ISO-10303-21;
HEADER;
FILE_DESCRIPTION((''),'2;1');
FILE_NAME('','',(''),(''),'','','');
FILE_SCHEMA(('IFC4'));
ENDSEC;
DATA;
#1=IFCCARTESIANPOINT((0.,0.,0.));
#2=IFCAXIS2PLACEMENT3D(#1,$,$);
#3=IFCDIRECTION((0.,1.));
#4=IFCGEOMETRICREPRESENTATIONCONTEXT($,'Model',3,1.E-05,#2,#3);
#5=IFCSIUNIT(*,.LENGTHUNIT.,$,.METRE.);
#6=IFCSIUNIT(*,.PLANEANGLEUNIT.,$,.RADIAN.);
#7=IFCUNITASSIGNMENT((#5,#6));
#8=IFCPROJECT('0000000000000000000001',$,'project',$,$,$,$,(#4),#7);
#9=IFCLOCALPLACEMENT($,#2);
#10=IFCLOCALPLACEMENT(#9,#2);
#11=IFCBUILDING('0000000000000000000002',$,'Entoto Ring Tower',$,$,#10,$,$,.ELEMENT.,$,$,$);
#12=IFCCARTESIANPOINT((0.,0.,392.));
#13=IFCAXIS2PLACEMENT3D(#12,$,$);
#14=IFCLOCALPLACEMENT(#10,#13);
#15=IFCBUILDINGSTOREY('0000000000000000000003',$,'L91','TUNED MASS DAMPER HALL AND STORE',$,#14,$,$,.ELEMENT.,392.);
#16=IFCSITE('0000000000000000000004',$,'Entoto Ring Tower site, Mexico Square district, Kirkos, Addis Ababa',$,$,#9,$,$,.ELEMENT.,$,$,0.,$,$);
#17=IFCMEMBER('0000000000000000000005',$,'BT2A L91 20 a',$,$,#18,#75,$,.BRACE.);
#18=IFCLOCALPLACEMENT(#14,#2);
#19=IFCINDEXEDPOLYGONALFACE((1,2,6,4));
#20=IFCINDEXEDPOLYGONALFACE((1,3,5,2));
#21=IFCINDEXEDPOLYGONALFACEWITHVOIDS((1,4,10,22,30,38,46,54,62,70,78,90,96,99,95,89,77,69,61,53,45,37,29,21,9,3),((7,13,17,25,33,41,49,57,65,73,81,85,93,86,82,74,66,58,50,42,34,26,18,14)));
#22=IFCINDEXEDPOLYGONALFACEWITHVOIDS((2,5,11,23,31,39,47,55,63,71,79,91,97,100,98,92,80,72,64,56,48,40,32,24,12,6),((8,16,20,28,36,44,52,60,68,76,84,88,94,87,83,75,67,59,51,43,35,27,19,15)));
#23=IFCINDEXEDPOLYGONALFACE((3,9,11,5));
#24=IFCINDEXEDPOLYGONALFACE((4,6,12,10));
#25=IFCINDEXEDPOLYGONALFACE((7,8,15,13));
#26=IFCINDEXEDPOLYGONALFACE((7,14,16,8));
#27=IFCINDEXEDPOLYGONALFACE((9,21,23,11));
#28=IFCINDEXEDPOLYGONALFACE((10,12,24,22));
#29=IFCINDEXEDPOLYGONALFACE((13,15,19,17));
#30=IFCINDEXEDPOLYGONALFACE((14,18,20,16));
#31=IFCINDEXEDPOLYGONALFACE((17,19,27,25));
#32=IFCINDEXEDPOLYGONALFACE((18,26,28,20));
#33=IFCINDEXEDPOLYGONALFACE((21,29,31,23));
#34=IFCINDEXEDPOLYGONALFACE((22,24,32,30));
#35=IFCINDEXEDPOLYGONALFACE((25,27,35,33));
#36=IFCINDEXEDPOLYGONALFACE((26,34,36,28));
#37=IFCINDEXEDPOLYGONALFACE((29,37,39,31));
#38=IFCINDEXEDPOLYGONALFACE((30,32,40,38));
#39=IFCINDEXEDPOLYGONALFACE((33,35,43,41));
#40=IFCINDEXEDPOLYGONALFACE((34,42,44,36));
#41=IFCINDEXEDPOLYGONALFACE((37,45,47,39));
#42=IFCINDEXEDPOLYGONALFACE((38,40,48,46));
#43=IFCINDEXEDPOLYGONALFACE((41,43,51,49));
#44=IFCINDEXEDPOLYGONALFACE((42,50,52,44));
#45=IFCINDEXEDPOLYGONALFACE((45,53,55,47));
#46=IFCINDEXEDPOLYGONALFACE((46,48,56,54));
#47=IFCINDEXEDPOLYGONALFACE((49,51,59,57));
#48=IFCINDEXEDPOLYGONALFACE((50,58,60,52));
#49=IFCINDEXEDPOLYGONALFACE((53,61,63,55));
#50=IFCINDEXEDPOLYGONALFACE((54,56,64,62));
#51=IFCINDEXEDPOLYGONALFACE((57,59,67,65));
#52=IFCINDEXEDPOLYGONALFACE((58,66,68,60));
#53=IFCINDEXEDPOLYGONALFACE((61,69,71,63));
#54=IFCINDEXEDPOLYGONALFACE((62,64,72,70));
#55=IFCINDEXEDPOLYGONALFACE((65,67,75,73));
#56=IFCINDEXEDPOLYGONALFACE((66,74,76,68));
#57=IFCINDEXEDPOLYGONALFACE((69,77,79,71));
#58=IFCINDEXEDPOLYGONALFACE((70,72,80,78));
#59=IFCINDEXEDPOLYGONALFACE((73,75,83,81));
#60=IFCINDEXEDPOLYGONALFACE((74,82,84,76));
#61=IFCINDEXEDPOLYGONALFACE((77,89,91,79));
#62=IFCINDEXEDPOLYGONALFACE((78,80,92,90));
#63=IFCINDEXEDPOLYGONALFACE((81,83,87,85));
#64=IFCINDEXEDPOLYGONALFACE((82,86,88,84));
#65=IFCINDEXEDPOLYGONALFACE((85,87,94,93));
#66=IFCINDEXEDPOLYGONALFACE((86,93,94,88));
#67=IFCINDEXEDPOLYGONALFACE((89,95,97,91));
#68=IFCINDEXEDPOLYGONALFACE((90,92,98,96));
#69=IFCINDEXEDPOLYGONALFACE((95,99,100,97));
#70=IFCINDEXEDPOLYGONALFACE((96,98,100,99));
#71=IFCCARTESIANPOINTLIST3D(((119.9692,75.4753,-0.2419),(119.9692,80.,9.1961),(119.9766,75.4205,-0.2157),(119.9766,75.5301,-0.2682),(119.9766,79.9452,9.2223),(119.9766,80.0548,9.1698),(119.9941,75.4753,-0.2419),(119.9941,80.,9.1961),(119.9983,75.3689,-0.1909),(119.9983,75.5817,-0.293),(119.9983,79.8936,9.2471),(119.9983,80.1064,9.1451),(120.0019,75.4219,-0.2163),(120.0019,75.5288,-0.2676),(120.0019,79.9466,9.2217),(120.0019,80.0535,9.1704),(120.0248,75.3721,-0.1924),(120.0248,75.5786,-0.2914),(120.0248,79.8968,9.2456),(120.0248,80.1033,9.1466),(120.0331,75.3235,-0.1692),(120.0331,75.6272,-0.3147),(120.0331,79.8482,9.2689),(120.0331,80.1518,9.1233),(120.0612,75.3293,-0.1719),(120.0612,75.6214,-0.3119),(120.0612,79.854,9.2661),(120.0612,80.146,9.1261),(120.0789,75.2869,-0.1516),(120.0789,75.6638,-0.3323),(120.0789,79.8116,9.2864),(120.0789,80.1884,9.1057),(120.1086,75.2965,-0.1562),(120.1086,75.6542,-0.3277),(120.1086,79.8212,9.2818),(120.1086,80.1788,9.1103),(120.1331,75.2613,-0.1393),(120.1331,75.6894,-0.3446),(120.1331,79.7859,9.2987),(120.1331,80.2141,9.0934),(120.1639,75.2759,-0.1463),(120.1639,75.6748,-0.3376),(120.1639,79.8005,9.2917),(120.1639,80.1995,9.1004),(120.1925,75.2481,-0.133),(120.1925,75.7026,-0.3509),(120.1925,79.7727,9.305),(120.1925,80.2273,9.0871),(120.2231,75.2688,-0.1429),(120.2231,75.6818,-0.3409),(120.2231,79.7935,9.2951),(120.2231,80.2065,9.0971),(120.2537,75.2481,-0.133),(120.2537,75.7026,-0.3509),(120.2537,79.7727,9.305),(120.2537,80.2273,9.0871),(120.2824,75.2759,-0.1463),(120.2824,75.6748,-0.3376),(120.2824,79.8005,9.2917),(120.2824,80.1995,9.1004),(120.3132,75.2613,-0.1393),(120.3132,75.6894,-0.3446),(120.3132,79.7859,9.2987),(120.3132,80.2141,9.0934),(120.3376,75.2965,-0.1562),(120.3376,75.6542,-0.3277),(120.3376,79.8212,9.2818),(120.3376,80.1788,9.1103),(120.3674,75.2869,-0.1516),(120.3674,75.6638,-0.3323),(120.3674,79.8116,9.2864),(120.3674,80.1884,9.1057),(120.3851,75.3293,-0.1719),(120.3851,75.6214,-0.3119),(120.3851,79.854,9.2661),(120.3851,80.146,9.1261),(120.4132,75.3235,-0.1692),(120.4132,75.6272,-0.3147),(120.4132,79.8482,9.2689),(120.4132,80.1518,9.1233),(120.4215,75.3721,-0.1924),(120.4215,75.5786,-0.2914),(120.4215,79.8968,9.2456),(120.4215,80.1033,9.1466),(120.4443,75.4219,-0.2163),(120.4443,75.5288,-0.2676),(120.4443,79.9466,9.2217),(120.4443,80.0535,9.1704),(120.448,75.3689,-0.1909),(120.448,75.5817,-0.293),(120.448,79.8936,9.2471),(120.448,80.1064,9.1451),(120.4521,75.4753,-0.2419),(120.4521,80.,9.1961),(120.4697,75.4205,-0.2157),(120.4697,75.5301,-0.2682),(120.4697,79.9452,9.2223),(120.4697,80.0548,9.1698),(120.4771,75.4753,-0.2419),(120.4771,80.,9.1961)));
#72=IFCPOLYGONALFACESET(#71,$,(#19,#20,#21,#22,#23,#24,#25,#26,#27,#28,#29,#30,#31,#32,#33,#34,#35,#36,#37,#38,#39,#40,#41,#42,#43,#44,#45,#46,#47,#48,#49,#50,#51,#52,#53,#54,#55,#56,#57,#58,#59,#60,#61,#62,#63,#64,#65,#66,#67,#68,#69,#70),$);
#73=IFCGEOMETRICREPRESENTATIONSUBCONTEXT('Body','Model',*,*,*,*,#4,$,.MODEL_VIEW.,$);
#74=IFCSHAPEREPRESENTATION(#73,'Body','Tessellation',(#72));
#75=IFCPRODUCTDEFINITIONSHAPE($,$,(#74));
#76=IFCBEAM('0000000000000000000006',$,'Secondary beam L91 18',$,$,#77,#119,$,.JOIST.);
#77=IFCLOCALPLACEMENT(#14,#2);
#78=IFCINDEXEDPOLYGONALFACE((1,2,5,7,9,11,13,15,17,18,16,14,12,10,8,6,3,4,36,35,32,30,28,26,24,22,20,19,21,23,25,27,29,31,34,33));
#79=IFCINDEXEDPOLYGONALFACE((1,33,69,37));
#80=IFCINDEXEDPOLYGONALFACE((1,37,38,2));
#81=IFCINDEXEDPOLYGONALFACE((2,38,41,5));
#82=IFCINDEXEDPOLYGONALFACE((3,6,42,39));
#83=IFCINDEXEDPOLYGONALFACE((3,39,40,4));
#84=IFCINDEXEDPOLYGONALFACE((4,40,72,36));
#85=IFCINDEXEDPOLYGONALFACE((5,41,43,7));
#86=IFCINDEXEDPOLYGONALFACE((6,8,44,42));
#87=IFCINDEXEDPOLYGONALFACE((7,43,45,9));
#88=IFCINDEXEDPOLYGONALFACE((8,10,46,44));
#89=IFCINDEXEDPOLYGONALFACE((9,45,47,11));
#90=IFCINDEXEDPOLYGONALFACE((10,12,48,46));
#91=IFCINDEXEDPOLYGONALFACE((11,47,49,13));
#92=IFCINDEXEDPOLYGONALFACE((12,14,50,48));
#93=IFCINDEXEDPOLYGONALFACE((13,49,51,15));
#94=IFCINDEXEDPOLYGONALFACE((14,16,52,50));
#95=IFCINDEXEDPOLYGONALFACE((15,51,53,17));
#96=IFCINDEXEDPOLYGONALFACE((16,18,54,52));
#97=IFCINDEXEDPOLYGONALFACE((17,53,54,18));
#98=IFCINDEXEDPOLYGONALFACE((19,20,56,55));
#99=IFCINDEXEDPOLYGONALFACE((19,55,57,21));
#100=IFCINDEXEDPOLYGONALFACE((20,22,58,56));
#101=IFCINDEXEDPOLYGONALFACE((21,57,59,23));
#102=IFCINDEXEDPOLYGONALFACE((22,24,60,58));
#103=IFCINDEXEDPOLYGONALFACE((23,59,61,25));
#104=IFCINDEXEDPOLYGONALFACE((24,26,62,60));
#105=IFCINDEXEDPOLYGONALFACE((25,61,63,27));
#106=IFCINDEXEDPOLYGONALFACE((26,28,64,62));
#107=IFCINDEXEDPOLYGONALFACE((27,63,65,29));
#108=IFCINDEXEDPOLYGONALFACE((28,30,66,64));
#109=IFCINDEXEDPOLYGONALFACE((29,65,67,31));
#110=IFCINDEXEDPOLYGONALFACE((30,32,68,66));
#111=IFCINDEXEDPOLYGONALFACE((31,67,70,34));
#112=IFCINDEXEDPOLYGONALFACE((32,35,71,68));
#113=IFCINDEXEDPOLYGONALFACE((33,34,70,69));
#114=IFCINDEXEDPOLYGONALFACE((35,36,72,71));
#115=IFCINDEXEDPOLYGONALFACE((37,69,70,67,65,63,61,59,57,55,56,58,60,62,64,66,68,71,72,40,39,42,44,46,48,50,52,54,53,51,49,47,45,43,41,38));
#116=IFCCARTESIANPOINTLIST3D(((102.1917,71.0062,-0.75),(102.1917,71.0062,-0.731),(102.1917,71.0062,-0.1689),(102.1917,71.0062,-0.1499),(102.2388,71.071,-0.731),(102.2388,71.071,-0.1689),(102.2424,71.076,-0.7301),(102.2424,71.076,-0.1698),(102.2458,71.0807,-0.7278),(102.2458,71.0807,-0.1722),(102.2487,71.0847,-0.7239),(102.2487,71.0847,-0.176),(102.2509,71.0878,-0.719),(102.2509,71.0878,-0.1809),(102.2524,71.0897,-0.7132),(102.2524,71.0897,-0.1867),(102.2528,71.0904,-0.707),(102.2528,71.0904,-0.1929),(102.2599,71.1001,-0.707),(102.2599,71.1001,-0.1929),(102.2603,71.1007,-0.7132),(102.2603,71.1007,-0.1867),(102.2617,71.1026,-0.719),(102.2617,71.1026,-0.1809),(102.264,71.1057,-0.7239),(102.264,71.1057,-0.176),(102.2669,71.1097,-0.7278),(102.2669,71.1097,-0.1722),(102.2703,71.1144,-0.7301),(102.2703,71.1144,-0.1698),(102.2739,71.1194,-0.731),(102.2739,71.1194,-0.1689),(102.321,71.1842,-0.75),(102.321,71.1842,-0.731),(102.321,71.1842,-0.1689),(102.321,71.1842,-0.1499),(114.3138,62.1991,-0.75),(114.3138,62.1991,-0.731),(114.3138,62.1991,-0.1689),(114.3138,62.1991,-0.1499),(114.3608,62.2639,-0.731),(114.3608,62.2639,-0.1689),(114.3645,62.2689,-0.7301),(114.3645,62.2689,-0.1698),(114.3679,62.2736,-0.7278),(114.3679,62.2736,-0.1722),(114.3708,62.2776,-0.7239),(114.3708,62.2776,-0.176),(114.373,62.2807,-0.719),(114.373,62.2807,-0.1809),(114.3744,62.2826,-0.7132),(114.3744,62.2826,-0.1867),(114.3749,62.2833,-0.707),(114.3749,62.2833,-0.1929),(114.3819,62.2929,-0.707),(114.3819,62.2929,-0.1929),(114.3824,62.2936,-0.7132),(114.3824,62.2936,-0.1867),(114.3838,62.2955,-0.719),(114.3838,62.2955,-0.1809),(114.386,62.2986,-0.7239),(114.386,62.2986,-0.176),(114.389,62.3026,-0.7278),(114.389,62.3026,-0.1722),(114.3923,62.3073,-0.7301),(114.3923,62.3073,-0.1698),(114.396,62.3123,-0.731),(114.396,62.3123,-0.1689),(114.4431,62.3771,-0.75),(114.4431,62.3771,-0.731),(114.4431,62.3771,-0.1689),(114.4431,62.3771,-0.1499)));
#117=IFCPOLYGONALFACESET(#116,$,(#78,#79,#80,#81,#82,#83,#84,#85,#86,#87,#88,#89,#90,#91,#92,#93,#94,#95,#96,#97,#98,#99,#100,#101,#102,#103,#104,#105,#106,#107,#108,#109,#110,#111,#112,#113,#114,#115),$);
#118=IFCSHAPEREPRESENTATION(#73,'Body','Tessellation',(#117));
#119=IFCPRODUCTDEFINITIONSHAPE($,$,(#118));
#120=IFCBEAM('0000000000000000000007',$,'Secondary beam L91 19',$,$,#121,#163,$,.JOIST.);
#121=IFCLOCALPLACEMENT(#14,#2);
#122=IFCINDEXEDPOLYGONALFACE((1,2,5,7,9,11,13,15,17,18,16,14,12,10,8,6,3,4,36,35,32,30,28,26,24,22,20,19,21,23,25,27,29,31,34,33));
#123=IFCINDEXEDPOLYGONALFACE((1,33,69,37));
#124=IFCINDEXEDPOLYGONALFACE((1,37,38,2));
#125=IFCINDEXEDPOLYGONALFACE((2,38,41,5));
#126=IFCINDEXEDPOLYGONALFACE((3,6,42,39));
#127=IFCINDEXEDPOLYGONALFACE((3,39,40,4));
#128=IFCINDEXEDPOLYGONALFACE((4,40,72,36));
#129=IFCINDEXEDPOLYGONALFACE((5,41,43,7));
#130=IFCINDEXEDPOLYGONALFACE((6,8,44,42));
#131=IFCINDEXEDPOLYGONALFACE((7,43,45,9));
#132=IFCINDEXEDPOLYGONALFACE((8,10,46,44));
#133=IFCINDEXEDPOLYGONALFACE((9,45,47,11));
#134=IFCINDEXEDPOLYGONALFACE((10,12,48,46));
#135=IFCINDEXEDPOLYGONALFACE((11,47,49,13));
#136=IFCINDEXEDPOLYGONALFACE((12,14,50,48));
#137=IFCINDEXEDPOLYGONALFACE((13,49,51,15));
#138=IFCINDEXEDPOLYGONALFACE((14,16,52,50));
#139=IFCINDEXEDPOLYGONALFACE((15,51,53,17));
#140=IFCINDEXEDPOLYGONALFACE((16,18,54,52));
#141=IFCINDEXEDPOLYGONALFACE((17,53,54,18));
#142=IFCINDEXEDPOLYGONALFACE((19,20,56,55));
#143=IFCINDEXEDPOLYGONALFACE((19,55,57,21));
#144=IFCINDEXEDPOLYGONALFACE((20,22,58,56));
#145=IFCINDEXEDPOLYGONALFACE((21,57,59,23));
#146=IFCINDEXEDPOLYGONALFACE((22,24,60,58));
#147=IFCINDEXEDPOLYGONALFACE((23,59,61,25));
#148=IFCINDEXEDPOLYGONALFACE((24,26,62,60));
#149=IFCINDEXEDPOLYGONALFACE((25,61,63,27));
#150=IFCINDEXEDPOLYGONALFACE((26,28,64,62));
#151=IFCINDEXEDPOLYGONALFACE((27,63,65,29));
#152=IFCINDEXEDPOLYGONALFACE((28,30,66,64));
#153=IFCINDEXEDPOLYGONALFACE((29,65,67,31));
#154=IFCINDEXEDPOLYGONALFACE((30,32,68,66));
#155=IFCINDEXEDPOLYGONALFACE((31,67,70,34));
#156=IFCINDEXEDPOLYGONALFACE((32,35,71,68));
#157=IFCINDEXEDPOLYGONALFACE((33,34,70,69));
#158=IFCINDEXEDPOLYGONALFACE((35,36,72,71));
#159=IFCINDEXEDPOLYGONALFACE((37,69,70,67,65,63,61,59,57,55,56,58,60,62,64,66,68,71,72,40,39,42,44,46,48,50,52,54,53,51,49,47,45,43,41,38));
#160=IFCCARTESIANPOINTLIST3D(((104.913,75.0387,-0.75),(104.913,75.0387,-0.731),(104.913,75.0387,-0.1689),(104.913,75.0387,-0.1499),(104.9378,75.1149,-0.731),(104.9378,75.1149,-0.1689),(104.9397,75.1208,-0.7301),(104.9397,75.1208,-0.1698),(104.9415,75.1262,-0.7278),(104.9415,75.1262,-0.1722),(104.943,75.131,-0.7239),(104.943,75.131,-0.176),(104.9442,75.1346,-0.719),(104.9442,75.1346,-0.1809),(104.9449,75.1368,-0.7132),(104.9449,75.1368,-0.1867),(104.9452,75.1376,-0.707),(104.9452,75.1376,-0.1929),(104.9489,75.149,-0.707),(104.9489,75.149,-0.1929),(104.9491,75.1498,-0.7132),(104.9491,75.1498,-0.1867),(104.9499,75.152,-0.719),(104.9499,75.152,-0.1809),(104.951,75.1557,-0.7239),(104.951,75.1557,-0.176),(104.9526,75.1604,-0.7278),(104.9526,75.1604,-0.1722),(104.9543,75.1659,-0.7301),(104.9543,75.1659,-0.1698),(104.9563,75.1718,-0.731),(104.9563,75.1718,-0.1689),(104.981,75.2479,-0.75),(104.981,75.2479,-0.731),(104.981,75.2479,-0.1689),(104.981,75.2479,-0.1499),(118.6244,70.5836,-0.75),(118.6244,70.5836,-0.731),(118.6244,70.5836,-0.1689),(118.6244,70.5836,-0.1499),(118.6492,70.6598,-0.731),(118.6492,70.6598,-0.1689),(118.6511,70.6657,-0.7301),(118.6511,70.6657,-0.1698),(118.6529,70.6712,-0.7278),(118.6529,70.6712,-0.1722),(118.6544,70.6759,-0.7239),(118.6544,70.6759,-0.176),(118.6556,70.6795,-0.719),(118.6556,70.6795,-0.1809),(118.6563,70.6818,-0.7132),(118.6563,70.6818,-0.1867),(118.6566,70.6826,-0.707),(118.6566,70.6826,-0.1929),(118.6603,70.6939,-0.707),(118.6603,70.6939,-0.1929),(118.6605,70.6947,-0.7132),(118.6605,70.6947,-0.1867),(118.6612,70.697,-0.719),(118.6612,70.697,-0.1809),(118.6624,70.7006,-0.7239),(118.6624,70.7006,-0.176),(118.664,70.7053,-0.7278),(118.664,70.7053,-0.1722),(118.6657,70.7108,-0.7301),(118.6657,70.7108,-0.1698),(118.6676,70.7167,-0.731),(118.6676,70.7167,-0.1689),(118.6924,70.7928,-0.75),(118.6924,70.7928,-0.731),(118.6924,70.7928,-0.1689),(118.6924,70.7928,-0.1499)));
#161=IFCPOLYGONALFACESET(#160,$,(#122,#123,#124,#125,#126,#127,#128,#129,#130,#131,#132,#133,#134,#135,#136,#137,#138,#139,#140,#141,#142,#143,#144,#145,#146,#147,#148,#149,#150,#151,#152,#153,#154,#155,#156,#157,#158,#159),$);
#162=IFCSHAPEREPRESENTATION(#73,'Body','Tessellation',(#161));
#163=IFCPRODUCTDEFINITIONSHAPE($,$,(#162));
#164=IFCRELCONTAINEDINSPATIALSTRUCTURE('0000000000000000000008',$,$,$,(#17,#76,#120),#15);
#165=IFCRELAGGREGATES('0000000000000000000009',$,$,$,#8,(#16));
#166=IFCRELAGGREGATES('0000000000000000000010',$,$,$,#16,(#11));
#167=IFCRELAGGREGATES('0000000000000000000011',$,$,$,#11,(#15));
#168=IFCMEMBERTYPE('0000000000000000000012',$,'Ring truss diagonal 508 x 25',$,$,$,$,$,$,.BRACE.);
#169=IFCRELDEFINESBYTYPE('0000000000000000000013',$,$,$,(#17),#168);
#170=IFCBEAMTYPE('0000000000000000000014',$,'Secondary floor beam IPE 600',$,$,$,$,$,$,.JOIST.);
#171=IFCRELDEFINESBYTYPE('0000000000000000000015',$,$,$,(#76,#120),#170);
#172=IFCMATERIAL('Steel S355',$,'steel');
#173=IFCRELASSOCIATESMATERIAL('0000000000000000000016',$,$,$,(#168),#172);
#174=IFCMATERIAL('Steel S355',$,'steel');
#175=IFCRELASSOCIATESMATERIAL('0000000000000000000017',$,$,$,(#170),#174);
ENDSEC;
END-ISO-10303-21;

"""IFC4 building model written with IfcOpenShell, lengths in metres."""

from ifc_helpers import new_model, si_unit, direction, frame, origin, origin_2d, place, context, subcontext, project, spatial, circle, hollow_circle, i_section, extrude, material, material_profile, profile_set, type_object, element, save


model = new_model("IFC4")

# Units and contexts
model_context = context("Model", 3, precision=1e-05, world=origin(), true_north=direction((0.0, 1.0)))
body_context = subcontext(model_context, "Body", "Model", "MODEL_VIEW")
ifc_project = project(units=[si_unit("LENGTHUNIT", "METRE"), si_unit("PLANEANGLEUNIT", "RADIAN")], contexts=[model_context])

# Site, building, storey
site_placement = place(None, origin())
site = spatial("IfcSite", under=ifc_project, at=site_placement, Name="Entoto Ring Tower site, Mexico Square district, Kirkos, Addis Ababa", CompositionType="ELEMENT", RefElevation=0.0)
building_placement = place(site_placement, origin())
building = spatial("IfcBuilding", under=site, at=building_placement, Name="Entoto Ring Tower", CompositionType="ELEMENT")
storey_placement = place(building_placement, frame((0.0, 0.0, 392.0)))
storey = spatial("IfcBuildingStorey", under=building, at=storey_placement, Name="L91", Description="TUNED MASS DAMPER HALL AND STORE", CompositionType="ELEMENT", Elevation=392.0)

# Member
ifc_material_1 = material(Name="Steel S355", Category="steel")
ifc_material_profile_1 = material_profile(ifc_material_1, hollow_circle(Radius=0.2539, WallThickness=0.0249, at=origin_2d()), Name="CHS 508 x 25")
ifc_material_2 = material(Name="Concrete C60/75", Category="concrete")
ifc_material_profile_2 = material_profile(ifc_material_2, circle(Radius=0.229, at=origin_2d()), Name="Concrete C60/75 infill")
ifc_profile_set_1 = profile_set([ifc_material_profile_1, ifc_material_profile_2], Name="Steel S355")
member_type_1 = type_object("IfcMemberType", Name="Ring truss diagonal 508 x 25", PredefinedType="BRACE", material=ifc_profile_set_1)
for number, where, z_axis, x_axis, name in (
    (1, (120.2231, 75.4753, -0.2419), (0.0, 0.432298, 0.901731), (-1.0, 0.0, 0.0), "BT2A L91 20 a"),
):
    element("IfcMember", number, at=place(storey_placement, frame(where, z_axis=z_axis, x_axis=x_axis)), inside=storey, type_object=member_type_1, Name=name, PredefinedType="BRACE", context=body_context, shape_type="SweptSolid", body=[
        extrude(hollow_circle(Radius=0.2539, WallThickness=0.0249, at=origin_2d()), origin(), (0.0, 0.0, 1.0), 10.4666),
    ])

# Beams
ifc_material_3 = material(Name="Steel S355", Category="steel")
ifc_material_profile_3 = material_profile(ifc_material_3, i_section(OverallWidth=0.22, OverallDepth=0.6001, WebThickness=0.012, FlangeThickness=0.019, FilletRadius=0.0239, at=origin_2d()), Name="IPE 600")
ifc_profile_set_2 = profile_set([ifc_material_profile_3], Name="Steel S355")
beam_type_1 = type_object("IfcBeamType", Name="Secondary floor beam IPE 600", PredefinedType="JOIST", material=ifc_profile_set_2)
beam_1_placement = place(storey_placement, frame((102.2563, 71.0952, -0.45), z_axis=(0.809019, -0.587782, 0.0), x_axis=(0.587782, 0.809019, 0.0)))
element("IfcBeam", 2, at=beam_1_placement, inside=storey, type_object=beam_type_1, Name="Secondary beam L91 18", PredefinedType="JOIST", context=body_context, shape_type="SweptSolid", body=[
    extrude(i_section(OverallWidth=0.22, OverallDepth=0.6001, WebThickness=0.012, FlangeThickness=0.019, FilletRadius=0.0239, at=origin_2d()), origin(), (0.0, 0.0, 1.0), 14.9836),
])
beam_2_placement = place(storey_placement, frame((104.947, 75.1433, -0.45), z_axis=(0.951057, -0.309015, 0.0), x_axis=(0.309015, 0.951057, 0.0)))
element("IfcBeam", 3, at=beam_2_placement, inside=storey, type_object=beam_type_1, Name="Secondary beam L91 19", PredefinedType="JOIST", context=body_context, shape_type="SweptSolid", body=[
    extrude(i_section(OverallWidth=0.22, OverallDepth=0.6001, WebThickness=0.012, FlangeThickness=0.019, FilletRadius=0.0239, at=origin_2d()), origin(), (0.0, 0.0, 1.0), 14.417),
])

save(model, "model.ifc")
